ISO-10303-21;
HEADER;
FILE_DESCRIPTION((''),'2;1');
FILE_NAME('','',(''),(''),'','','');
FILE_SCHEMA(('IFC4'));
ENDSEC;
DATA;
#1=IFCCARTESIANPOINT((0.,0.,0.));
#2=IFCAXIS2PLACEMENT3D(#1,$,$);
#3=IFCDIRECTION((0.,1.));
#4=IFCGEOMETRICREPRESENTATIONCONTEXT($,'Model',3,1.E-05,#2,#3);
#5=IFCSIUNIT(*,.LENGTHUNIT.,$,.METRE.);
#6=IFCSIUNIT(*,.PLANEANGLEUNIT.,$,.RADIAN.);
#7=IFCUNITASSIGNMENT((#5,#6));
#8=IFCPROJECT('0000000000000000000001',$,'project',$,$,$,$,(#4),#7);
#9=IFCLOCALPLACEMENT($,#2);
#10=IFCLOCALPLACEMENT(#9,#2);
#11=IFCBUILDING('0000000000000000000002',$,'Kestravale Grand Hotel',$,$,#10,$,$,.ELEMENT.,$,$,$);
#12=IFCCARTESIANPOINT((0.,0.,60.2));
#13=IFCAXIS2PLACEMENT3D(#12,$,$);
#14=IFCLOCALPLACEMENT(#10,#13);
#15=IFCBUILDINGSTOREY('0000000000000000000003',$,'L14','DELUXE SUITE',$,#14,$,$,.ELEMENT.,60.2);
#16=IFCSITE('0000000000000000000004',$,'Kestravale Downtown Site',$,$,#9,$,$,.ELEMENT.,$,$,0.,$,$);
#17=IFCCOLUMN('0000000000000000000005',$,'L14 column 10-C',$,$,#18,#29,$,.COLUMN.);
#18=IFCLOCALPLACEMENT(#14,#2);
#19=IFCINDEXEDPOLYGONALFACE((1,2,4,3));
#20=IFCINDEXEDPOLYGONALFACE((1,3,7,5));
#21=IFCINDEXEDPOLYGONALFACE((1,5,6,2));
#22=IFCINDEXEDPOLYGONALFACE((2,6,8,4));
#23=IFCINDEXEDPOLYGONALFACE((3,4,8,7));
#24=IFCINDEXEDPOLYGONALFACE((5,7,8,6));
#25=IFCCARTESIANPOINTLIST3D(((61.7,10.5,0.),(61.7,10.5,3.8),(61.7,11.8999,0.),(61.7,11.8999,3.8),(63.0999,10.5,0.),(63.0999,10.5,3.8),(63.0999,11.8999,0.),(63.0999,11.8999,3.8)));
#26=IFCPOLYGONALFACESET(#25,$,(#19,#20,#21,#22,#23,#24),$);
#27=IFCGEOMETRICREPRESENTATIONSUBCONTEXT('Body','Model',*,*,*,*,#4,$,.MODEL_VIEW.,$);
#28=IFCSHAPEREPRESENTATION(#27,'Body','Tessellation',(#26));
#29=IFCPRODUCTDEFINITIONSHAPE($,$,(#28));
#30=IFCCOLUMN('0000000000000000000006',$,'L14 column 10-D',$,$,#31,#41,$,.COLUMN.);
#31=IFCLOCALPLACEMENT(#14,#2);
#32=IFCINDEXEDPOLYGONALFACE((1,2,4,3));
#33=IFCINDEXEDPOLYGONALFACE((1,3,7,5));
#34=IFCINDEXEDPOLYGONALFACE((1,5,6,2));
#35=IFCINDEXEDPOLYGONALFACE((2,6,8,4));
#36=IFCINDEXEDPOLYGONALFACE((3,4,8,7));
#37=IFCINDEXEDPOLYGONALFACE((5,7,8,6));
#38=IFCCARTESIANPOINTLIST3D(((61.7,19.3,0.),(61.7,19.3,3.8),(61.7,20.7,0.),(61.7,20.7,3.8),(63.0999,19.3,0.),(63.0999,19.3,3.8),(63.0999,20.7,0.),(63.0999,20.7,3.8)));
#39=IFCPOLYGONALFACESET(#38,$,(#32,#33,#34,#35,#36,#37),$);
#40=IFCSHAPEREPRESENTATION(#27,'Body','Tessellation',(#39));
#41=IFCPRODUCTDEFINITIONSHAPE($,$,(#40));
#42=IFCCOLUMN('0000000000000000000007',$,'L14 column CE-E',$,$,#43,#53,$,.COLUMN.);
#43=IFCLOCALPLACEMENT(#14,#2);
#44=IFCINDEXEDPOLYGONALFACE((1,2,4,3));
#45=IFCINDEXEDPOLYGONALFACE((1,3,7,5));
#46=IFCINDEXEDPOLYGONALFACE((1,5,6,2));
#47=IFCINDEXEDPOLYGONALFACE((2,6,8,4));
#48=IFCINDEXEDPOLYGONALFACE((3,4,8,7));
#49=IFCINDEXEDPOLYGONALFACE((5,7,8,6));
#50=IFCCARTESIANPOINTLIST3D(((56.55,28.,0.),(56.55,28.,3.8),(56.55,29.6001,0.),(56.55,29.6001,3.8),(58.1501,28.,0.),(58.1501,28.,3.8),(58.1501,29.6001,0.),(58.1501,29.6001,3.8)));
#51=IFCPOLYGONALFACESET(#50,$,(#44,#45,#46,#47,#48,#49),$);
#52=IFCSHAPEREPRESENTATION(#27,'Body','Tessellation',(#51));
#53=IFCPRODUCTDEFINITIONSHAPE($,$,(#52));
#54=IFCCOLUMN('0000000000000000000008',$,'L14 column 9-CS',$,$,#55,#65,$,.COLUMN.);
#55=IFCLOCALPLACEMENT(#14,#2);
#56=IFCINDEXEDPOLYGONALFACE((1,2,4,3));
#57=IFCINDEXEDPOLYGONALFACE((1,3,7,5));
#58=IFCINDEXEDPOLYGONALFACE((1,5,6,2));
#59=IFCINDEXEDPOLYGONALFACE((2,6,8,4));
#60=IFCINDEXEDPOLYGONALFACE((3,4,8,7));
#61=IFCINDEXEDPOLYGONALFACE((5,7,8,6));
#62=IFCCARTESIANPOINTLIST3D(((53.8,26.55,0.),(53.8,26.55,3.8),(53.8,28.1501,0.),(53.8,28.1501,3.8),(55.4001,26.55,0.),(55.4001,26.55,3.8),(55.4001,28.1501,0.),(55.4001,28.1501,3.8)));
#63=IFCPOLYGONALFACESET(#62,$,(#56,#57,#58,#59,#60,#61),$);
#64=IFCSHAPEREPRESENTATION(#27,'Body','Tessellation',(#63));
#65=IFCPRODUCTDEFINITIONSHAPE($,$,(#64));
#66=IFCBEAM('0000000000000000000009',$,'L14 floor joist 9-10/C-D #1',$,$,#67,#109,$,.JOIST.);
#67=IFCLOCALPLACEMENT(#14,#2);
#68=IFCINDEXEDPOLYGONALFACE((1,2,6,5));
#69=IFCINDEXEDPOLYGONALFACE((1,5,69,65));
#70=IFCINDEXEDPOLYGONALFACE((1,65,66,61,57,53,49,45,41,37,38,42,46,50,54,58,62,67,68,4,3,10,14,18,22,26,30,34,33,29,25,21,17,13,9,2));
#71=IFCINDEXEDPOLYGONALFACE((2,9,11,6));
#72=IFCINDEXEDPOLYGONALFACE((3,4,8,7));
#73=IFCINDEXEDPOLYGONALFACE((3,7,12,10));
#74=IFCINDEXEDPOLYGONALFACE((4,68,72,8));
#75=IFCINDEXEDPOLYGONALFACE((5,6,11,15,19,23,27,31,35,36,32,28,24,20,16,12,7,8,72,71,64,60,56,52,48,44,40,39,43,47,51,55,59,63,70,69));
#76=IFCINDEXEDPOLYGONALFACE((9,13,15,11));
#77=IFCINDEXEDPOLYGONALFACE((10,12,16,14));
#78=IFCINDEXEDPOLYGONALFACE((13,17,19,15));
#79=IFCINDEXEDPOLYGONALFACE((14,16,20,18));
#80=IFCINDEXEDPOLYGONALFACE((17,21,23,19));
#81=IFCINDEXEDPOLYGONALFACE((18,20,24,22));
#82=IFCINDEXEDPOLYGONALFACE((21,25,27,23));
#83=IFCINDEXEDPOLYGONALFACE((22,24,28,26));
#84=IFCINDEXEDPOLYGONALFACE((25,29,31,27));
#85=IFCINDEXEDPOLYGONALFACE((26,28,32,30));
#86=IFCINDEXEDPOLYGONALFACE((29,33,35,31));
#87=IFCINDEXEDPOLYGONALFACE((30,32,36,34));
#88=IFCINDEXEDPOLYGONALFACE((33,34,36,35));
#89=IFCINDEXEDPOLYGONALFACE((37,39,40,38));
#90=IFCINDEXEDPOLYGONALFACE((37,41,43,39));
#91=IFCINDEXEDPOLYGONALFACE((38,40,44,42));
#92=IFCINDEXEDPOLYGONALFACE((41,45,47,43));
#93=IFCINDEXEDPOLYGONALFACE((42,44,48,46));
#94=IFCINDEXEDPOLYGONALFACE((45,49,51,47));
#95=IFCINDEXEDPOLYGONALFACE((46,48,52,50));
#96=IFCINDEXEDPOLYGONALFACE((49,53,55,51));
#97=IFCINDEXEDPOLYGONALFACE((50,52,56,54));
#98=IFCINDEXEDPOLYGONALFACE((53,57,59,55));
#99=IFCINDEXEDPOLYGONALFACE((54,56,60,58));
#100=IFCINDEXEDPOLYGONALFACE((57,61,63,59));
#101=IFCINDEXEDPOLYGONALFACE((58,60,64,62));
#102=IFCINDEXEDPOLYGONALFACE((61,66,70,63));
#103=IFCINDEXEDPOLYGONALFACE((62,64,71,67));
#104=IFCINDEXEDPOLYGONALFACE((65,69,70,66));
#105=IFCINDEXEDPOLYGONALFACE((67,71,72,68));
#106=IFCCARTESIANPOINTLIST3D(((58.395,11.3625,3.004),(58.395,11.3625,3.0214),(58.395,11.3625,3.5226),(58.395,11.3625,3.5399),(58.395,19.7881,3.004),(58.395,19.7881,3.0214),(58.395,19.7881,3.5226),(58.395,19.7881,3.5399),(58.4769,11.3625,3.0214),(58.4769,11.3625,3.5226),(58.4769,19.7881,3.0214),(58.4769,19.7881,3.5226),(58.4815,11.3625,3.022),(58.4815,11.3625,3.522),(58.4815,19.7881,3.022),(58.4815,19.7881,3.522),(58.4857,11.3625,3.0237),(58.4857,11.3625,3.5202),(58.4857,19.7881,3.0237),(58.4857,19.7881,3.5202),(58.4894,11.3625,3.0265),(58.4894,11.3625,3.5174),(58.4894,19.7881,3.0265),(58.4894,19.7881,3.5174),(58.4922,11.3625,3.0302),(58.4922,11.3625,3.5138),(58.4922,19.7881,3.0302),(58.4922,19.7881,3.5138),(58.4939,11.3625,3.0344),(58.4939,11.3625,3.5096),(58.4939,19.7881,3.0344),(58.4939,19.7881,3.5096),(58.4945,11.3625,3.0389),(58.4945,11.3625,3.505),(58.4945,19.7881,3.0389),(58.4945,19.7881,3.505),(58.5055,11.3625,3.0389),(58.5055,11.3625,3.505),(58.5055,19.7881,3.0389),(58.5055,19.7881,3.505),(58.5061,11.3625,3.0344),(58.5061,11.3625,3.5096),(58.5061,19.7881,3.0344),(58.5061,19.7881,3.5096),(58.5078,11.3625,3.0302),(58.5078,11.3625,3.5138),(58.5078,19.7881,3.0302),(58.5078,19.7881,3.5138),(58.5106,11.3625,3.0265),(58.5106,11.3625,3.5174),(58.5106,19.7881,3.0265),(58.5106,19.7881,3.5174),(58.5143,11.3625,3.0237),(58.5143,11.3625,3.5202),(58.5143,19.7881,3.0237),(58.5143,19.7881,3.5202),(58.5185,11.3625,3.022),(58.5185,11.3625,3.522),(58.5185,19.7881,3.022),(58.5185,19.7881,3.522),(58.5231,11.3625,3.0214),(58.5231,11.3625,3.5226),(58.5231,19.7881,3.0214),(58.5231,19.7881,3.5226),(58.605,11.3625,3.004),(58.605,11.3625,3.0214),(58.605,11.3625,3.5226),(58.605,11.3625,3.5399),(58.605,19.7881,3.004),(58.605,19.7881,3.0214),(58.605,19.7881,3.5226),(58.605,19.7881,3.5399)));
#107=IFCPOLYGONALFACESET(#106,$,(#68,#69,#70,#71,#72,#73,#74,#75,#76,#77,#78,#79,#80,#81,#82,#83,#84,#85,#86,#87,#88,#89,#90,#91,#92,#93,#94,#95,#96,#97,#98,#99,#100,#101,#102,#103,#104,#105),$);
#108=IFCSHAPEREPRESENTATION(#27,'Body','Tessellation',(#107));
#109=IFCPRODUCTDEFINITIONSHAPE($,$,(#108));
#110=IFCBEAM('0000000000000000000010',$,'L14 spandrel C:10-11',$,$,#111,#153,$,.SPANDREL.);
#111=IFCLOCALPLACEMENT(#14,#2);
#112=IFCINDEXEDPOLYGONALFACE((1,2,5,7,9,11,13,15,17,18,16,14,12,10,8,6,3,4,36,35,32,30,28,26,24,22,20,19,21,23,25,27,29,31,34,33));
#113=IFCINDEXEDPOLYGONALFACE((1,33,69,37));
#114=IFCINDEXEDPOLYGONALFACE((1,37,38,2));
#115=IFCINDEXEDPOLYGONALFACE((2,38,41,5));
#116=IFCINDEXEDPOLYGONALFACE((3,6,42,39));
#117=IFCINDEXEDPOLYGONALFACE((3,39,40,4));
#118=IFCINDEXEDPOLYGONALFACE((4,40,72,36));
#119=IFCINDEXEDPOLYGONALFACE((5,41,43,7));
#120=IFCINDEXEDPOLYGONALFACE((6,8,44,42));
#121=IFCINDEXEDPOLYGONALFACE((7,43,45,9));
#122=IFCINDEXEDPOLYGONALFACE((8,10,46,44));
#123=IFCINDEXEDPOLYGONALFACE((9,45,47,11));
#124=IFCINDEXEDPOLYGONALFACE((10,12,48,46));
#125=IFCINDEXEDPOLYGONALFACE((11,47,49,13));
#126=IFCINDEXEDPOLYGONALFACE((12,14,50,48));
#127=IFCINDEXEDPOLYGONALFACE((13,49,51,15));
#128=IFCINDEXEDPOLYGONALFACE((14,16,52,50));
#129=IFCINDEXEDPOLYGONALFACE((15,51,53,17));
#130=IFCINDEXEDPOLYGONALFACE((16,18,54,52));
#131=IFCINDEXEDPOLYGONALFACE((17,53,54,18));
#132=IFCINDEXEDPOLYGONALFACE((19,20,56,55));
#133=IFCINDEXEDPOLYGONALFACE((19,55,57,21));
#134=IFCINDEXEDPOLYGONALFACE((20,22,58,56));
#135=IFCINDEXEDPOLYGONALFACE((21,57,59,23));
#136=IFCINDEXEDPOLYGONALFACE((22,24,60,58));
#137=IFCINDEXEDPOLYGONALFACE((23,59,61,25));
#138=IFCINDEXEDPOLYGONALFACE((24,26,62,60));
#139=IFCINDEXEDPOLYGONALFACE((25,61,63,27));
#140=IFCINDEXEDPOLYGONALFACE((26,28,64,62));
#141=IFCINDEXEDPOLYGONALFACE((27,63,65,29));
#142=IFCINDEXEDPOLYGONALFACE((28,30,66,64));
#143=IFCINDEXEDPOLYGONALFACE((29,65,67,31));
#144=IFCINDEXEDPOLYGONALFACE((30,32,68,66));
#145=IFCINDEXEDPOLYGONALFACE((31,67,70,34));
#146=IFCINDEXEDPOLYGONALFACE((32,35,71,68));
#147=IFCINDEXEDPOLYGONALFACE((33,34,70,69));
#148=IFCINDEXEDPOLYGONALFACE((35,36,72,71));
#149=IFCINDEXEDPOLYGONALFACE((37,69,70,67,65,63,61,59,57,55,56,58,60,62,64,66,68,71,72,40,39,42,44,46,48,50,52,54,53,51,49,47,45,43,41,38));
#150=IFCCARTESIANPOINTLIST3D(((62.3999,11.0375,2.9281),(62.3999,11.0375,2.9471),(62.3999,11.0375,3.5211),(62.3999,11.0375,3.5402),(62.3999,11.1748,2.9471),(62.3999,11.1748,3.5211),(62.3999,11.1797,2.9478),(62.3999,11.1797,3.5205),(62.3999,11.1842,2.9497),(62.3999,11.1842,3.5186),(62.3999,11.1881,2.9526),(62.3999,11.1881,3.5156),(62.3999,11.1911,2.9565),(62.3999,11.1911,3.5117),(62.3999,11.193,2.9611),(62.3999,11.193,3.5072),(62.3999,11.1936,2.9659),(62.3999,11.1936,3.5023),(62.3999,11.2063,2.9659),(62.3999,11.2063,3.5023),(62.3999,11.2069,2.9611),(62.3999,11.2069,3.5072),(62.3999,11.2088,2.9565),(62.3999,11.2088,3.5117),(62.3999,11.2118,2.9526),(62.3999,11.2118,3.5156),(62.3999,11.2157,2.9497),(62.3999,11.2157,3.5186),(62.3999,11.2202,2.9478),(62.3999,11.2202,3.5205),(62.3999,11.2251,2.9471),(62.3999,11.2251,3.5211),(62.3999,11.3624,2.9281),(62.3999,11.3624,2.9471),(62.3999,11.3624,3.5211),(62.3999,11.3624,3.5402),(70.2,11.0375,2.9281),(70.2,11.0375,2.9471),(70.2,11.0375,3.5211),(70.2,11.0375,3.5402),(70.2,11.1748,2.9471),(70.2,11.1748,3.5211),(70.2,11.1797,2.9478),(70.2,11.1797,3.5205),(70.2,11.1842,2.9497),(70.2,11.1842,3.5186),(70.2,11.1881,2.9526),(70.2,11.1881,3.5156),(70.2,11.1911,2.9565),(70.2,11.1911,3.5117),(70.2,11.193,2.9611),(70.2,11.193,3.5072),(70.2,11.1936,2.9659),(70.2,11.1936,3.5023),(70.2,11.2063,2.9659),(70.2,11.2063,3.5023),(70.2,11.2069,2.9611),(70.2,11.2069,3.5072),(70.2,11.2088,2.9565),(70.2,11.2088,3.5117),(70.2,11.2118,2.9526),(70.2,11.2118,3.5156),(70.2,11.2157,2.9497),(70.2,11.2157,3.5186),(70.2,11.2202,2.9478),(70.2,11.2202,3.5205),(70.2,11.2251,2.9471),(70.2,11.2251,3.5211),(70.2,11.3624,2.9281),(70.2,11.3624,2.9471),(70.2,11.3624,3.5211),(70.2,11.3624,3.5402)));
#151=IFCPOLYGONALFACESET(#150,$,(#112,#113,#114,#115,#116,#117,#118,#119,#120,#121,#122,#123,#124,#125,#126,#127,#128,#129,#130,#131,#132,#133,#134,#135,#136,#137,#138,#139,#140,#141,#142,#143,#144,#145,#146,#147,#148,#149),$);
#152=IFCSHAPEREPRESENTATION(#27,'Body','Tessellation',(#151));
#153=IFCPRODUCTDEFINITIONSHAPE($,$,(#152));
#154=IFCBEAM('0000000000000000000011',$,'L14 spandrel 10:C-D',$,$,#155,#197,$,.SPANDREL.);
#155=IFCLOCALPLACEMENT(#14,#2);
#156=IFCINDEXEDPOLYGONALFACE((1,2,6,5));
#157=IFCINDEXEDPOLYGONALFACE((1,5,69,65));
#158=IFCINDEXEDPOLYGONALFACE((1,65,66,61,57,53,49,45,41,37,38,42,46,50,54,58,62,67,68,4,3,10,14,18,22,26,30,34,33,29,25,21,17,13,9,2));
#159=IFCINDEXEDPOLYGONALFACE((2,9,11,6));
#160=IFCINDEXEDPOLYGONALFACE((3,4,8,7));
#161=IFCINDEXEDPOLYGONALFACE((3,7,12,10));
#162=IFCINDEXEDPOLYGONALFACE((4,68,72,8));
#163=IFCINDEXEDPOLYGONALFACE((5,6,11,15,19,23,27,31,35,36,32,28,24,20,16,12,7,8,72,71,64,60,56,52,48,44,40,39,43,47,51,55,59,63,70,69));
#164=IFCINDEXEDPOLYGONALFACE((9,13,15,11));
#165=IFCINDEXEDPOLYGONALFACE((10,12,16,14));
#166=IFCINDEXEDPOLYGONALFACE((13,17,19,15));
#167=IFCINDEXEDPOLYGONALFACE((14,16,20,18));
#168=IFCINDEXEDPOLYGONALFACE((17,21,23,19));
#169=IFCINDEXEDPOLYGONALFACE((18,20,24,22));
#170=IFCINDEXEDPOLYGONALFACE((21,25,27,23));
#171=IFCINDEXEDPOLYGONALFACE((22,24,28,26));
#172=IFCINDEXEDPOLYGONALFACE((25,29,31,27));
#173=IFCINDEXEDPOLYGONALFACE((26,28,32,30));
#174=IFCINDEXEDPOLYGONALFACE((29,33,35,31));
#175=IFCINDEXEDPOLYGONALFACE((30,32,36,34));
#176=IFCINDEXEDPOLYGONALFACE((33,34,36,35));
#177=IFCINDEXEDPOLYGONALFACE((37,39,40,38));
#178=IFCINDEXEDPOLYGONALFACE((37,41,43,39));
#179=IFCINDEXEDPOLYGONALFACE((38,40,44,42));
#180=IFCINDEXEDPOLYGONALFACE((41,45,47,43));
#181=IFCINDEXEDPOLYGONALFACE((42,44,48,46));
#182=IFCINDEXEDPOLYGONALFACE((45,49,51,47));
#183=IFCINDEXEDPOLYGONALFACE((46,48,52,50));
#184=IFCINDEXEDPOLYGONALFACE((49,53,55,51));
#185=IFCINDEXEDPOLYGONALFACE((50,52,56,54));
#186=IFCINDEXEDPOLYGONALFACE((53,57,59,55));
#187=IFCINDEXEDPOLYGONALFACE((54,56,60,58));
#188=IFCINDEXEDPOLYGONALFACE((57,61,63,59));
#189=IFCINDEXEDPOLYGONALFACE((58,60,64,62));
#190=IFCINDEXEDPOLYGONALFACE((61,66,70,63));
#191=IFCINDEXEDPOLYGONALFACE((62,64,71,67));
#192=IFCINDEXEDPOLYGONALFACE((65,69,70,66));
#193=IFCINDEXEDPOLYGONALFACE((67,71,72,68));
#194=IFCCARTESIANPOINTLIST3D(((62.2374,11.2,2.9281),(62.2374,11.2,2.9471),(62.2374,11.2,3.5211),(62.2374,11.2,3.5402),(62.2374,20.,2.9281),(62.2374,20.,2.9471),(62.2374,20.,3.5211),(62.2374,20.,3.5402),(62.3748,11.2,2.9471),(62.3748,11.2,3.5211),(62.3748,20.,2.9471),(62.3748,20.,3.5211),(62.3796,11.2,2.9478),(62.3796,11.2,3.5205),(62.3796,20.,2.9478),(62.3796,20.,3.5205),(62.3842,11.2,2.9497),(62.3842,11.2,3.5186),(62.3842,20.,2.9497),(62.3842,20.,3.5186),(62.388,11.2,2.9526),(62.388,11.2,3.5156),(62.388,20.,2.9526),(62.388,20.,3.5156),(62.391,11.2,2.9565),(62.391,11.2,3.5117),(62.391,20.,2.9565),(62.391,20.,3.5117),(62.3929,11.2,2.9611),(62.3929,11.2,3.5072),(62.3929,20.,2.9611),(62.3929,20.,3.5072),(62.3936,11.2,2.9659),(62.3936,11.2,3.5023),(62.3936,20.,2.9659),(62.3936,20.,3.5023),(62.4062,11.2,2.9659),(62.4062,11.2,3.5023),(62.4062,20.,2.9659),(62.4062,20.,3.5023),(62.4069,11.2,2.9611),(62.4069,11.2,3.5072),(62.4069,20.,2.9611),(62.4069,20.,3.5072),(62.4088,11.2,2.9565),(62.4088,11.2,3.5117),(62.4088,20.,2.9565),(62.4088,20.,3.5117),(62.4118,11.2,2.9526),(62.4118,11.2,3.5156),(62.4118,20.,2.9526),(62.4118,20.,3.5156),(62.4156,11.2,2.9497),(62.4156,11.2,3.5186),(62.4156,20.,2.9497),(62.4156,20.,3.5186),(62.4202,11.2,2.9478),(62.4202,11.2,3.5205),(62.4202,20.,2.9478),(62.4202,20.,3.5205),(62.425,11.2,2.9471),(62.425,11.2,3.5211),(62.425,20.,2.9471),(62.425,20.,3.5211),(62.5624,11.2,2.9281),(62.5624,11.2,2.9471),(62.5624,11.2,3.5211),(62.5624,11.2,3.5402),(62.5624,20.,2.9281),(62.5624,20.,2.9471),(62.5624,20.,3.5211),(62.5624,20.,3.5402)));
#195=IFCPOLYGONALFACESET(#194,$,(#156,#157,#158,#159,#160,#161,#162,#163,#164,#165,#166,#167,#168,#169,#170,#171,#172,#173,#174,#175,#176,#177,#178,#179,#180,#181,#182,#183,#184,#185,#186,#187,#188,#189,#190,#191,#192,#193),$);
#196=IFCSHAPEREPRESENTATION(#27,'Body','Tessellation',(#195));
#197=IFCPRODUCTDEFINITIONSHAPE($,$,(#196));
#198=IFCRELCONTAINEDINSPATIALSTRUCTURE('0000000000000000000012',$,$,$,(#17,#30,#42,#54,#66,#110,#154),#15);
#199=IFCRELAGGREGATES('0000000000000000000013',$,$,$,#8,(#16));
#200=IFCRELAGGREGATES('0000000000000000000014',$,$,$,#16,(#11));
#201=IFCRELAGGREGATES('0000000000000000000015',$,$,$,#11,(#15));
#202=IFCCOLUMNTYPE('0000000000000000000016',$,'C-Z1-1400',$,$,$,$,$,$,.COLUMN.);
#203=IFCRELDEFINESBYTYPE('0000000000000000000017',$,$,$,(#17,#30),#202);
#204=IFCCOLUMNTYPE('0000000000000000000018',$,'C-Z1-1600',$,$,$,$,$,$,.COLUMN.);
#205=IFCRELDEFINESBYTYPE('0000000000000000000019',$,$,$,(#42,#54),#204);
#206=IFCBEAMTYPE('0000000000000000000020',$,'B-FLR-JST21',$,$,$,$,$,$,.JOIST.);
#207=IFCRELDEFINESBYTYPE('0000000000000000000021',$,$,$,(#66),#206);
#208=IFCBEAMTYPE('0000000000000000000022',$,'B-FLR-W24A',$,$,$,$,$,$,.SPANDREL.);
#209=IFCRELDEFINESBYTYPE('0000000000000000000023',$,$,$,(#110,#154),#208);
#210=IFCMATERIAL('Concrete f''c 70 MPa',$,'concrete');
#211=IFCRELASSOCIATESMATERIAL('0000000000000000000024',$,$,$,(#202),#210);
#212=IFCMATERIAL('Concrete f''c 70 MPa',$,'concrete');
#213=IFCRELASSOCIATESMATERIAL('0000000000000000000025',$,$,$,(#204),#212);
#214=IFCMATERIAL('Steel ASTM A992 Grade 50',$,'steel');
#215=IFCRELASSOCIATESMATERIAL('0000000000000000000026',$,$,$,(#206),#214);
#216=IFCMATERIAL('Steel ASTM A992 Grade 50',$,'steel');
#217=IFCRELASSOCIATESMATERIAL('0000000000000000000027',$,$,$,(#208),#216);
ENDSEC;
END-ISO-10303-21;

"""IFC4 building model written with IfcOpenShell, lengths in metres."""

from ifc_helpers import new_model, si_unit, direction, frame, origin, origin_2d, place, context, subcontext, project, spatial, rectangle, i_section, extrude, material, material_profile, profile_set, type_object, element, save


model = new_model("IFC4")

# Units and contexts
model_context = context("Model", 3, precision=1e-05, world=origin(), true_north=direction((0.0, 1.0)))
body_context = subcontext(model_context, "Body", "Model", "MODEL_VIEW")
ifc_project = project(units=[si_unit("LENGTHUNIT", "METRE"), si_unit("PLANEANGLEUNIT", "RADIAN")], contexts=[model_context])

# Site, building, storey
site_placement = place(None, origin())
site = spatial("IfcSite", under=ifc_project, at=site_placement, Name="Kestravale Downtown Site", CompositionType="ELEMENT", RefElevation=0.0)
building_placement = place(site_placement, origin())
building = spatial("IfcBuilding", under=site, at=building_placement, Name="Kestravale Grand Hotel", CompositionType="ELEMENT")
storey_placement = place(building_placement, frame((0.0, 0.0, 60.2)))
storey = spatial("IfcBuildingStorey", under=building, at=storey_placement, Name="L14", Description="DELUXE SUITE", CompositionType="ELEMENT", Elevation=60.2)

# Columns
ifc_material_1 = material(Name="Concrete f'c 70 MPa", Category="concrete")
ifc_material_profile_1 = material_profile(ifc_material_1, rectangle(XDim=1.3999, YDim=1.3999, at=origin_2d()))
ifc_profile_set_1 = profile_set([ifc_material_profile_1], Name="Concrete f'c 70 MPa")
column_type_1 = type_object("IfcColumnType", Name="C-Z1-1400", PredefinedType="COLUMN", material=ifc_profile_set_1)
for number, where, z_axis, x_axis, name in (
    (1, (62.3999, 11.2, 0.0), (0.0, 0.0, 1.0), (1.0, 0.0, 0.0), "L14 column 10-C"),
    (2, (62.3999, 20.0, 0.0), (0.0, 0.0, 1.0), (1.0, 0.0, 0.0), "L14 column 10-D"),
):
    element("IfcColumn", number, at=place(storey_placement, frame(where, z_axis=z_axis, x_axis=x_axis)), inside=storey, type_object=column_type_1, Name=name, PredefinedType="COLUMN", context=body_context, shape_type="SweptSolid", body=[
        extrude(rectangle(XDim=1.3999, YDim=1.3999, at=origin_2d()), origin(), (0.0, 0.0, 1.0), 3.8),
    ])
ifc_material_2 = material(Name="Concrete f'c 70 MPa", Category="concrete")
ifc_material_profile_2 = material_profile(ifc_material_2, rectangle(XDim=1.6001, YDim=1.6001, at=origin_2d()))
ifc_profile_set_2 = profile_set([ifc_material_profile_2], Name="Concrete f'c 70 MPa")
column_type_2 = type_object("IfcColumnType", Name="C-Z1-1600", PredefinedType="COLUMN", material=ifc_profile_set_2)
for number, where, z_axis, x_axis, name in (
    (3, (57.3501, 28.8, 0.0), (0.0, 0.0, 1.0), (1.0, 0.0, 0.0), "L14 column CE-E"),
    (4, (54.6001, 27.3501, 0.0), (0.0, 0.0, 1.0), (1.0, 0.0, 0.0), "L14 column 9-CS"),
):
    element("IfcColumn", number, at=place(storey_placement, frame(where, z_axis=z_axis, x_axis=x_axis)), inside=storey, type_object=column_type_2, Name=name, PredefinedType="COLUMN", context=body_context, shape_type="SweptSolid", body=[
        extrude(rectangle(XDim=1.6001, YDim=1.6001, at=origin_2d()), origin(), (0.0, 0.0, 1.0), 3.8),
    ])

# Beams
ifc_material_3 = material(Name="Steel ASTM A992 Grade 50", Category="steel")
ifc_material_profile_3 = material_profile(ifc_material_3, i_section(OverallWidth=0.21, OverallDepth=0.5359, WebThickness=0.011, FlangeThickness=0.0173, FilletRadius=0.0176, at=origin_2d()))
ifc_profile_set_3 = profile_set([ifc_material_profile_3], Name="Steel ASTM A992 Grade 50")
beam_type_1 = type_object("IfcBeamType", Name="B-FLR-JST21", PredefinedType="JOIST", material=ifc_profile_set_3)
beam_1_placement = place(storey_placement, frame((58.5, 11.3625, 3.272), z_axis=(0.0, 1.0, 0.0), x_axis=(-1.0, 0.0, 0.0)))
element("IfcBeam", 5, at=beam_1_placement, inside=storey, type_object=beam_type_1, Name="L14 floor joist 9-10/C-D #1", PredefinedType="JOIST", context=body_context, shape_type="SweptSolid", body=[
    extrude(i_section(OverallWidth=0.21, OverallDepth=0.5359, WebThickness=0.011, FlangeThickness=0.0173, FilletRadius=0.0176, at=origin_2d()), origin(), (0.0, 0.0, 1.0), 8.4255),
])
ifc_material_4 = material(Name="Steel ASTM A992 Grade 50", Category="steel")
ifc_material_profile_4 = material_profile(ifc_material_4, i_section(OverallWidth=0.325, OverallDepth=0.6121, WebThickness=0.0127, FlangeThickness=0.019, FilletRadius=0.0188, at=origin_2d()))
ifc_profile_set_4 = profile_set([ifc_material_profile_4], Name="Steel ASTM A992 Grade 50")
beam_type_2 = type_object("IfcBeamType", Name="B-FLR-W24A", PredefinedType="SPANDREL", material=ifc_profile_set_4)
beam_2_placement = place(storey_placement, frame((62.3999, 11.2, 3.2341), z_axis=(1.0, 0.0, 0.0), x_axis=(0.0, 1.0, 0.0)))
element("IfcBeam", 6, at=beam_2_placement, inside=storey, type_object=beam_type_2, Name="L14 spandrel C:10-11", PredefinedType="SPANDREL", context=body_context, shape_type="SweptSolid", body=[
    extrude(i_section(OverallWidth=0.325, OverallDepth=0.6121, WebThickness=0.0127, FlangeThickness=0.019, FilletRadius=0.0188, at=origin_2d()), origin(), (0.0, 0.0, 1.0), 7.8),
])
beam_3_placement = place(storey_placement, frame((62.3999, 11.2, 3.2341), z_axis=(0.0, 1.0, 0.0), x_axis=(-1.0, 0.0, 0.0)))
element("IfcBeam", 7, at=beam_3_placement, inside=storey, type_object=beam_type_2, Name="L14 spandrel 10:C-D", PredefinedType="SPANDREL", context=body_context, shape_type="SweptSolid", body=[
    extrude(i_section(OverallWidth=0.325, OverallDepth=0.6121, WebThickness=0.0127, FlangeThickness=0.019, FilletRadius=0.0188, at=origin_2d()), origin(), (0.0, 0.0, 1.0), 8.8),
])

save(model, "model.ifc")
